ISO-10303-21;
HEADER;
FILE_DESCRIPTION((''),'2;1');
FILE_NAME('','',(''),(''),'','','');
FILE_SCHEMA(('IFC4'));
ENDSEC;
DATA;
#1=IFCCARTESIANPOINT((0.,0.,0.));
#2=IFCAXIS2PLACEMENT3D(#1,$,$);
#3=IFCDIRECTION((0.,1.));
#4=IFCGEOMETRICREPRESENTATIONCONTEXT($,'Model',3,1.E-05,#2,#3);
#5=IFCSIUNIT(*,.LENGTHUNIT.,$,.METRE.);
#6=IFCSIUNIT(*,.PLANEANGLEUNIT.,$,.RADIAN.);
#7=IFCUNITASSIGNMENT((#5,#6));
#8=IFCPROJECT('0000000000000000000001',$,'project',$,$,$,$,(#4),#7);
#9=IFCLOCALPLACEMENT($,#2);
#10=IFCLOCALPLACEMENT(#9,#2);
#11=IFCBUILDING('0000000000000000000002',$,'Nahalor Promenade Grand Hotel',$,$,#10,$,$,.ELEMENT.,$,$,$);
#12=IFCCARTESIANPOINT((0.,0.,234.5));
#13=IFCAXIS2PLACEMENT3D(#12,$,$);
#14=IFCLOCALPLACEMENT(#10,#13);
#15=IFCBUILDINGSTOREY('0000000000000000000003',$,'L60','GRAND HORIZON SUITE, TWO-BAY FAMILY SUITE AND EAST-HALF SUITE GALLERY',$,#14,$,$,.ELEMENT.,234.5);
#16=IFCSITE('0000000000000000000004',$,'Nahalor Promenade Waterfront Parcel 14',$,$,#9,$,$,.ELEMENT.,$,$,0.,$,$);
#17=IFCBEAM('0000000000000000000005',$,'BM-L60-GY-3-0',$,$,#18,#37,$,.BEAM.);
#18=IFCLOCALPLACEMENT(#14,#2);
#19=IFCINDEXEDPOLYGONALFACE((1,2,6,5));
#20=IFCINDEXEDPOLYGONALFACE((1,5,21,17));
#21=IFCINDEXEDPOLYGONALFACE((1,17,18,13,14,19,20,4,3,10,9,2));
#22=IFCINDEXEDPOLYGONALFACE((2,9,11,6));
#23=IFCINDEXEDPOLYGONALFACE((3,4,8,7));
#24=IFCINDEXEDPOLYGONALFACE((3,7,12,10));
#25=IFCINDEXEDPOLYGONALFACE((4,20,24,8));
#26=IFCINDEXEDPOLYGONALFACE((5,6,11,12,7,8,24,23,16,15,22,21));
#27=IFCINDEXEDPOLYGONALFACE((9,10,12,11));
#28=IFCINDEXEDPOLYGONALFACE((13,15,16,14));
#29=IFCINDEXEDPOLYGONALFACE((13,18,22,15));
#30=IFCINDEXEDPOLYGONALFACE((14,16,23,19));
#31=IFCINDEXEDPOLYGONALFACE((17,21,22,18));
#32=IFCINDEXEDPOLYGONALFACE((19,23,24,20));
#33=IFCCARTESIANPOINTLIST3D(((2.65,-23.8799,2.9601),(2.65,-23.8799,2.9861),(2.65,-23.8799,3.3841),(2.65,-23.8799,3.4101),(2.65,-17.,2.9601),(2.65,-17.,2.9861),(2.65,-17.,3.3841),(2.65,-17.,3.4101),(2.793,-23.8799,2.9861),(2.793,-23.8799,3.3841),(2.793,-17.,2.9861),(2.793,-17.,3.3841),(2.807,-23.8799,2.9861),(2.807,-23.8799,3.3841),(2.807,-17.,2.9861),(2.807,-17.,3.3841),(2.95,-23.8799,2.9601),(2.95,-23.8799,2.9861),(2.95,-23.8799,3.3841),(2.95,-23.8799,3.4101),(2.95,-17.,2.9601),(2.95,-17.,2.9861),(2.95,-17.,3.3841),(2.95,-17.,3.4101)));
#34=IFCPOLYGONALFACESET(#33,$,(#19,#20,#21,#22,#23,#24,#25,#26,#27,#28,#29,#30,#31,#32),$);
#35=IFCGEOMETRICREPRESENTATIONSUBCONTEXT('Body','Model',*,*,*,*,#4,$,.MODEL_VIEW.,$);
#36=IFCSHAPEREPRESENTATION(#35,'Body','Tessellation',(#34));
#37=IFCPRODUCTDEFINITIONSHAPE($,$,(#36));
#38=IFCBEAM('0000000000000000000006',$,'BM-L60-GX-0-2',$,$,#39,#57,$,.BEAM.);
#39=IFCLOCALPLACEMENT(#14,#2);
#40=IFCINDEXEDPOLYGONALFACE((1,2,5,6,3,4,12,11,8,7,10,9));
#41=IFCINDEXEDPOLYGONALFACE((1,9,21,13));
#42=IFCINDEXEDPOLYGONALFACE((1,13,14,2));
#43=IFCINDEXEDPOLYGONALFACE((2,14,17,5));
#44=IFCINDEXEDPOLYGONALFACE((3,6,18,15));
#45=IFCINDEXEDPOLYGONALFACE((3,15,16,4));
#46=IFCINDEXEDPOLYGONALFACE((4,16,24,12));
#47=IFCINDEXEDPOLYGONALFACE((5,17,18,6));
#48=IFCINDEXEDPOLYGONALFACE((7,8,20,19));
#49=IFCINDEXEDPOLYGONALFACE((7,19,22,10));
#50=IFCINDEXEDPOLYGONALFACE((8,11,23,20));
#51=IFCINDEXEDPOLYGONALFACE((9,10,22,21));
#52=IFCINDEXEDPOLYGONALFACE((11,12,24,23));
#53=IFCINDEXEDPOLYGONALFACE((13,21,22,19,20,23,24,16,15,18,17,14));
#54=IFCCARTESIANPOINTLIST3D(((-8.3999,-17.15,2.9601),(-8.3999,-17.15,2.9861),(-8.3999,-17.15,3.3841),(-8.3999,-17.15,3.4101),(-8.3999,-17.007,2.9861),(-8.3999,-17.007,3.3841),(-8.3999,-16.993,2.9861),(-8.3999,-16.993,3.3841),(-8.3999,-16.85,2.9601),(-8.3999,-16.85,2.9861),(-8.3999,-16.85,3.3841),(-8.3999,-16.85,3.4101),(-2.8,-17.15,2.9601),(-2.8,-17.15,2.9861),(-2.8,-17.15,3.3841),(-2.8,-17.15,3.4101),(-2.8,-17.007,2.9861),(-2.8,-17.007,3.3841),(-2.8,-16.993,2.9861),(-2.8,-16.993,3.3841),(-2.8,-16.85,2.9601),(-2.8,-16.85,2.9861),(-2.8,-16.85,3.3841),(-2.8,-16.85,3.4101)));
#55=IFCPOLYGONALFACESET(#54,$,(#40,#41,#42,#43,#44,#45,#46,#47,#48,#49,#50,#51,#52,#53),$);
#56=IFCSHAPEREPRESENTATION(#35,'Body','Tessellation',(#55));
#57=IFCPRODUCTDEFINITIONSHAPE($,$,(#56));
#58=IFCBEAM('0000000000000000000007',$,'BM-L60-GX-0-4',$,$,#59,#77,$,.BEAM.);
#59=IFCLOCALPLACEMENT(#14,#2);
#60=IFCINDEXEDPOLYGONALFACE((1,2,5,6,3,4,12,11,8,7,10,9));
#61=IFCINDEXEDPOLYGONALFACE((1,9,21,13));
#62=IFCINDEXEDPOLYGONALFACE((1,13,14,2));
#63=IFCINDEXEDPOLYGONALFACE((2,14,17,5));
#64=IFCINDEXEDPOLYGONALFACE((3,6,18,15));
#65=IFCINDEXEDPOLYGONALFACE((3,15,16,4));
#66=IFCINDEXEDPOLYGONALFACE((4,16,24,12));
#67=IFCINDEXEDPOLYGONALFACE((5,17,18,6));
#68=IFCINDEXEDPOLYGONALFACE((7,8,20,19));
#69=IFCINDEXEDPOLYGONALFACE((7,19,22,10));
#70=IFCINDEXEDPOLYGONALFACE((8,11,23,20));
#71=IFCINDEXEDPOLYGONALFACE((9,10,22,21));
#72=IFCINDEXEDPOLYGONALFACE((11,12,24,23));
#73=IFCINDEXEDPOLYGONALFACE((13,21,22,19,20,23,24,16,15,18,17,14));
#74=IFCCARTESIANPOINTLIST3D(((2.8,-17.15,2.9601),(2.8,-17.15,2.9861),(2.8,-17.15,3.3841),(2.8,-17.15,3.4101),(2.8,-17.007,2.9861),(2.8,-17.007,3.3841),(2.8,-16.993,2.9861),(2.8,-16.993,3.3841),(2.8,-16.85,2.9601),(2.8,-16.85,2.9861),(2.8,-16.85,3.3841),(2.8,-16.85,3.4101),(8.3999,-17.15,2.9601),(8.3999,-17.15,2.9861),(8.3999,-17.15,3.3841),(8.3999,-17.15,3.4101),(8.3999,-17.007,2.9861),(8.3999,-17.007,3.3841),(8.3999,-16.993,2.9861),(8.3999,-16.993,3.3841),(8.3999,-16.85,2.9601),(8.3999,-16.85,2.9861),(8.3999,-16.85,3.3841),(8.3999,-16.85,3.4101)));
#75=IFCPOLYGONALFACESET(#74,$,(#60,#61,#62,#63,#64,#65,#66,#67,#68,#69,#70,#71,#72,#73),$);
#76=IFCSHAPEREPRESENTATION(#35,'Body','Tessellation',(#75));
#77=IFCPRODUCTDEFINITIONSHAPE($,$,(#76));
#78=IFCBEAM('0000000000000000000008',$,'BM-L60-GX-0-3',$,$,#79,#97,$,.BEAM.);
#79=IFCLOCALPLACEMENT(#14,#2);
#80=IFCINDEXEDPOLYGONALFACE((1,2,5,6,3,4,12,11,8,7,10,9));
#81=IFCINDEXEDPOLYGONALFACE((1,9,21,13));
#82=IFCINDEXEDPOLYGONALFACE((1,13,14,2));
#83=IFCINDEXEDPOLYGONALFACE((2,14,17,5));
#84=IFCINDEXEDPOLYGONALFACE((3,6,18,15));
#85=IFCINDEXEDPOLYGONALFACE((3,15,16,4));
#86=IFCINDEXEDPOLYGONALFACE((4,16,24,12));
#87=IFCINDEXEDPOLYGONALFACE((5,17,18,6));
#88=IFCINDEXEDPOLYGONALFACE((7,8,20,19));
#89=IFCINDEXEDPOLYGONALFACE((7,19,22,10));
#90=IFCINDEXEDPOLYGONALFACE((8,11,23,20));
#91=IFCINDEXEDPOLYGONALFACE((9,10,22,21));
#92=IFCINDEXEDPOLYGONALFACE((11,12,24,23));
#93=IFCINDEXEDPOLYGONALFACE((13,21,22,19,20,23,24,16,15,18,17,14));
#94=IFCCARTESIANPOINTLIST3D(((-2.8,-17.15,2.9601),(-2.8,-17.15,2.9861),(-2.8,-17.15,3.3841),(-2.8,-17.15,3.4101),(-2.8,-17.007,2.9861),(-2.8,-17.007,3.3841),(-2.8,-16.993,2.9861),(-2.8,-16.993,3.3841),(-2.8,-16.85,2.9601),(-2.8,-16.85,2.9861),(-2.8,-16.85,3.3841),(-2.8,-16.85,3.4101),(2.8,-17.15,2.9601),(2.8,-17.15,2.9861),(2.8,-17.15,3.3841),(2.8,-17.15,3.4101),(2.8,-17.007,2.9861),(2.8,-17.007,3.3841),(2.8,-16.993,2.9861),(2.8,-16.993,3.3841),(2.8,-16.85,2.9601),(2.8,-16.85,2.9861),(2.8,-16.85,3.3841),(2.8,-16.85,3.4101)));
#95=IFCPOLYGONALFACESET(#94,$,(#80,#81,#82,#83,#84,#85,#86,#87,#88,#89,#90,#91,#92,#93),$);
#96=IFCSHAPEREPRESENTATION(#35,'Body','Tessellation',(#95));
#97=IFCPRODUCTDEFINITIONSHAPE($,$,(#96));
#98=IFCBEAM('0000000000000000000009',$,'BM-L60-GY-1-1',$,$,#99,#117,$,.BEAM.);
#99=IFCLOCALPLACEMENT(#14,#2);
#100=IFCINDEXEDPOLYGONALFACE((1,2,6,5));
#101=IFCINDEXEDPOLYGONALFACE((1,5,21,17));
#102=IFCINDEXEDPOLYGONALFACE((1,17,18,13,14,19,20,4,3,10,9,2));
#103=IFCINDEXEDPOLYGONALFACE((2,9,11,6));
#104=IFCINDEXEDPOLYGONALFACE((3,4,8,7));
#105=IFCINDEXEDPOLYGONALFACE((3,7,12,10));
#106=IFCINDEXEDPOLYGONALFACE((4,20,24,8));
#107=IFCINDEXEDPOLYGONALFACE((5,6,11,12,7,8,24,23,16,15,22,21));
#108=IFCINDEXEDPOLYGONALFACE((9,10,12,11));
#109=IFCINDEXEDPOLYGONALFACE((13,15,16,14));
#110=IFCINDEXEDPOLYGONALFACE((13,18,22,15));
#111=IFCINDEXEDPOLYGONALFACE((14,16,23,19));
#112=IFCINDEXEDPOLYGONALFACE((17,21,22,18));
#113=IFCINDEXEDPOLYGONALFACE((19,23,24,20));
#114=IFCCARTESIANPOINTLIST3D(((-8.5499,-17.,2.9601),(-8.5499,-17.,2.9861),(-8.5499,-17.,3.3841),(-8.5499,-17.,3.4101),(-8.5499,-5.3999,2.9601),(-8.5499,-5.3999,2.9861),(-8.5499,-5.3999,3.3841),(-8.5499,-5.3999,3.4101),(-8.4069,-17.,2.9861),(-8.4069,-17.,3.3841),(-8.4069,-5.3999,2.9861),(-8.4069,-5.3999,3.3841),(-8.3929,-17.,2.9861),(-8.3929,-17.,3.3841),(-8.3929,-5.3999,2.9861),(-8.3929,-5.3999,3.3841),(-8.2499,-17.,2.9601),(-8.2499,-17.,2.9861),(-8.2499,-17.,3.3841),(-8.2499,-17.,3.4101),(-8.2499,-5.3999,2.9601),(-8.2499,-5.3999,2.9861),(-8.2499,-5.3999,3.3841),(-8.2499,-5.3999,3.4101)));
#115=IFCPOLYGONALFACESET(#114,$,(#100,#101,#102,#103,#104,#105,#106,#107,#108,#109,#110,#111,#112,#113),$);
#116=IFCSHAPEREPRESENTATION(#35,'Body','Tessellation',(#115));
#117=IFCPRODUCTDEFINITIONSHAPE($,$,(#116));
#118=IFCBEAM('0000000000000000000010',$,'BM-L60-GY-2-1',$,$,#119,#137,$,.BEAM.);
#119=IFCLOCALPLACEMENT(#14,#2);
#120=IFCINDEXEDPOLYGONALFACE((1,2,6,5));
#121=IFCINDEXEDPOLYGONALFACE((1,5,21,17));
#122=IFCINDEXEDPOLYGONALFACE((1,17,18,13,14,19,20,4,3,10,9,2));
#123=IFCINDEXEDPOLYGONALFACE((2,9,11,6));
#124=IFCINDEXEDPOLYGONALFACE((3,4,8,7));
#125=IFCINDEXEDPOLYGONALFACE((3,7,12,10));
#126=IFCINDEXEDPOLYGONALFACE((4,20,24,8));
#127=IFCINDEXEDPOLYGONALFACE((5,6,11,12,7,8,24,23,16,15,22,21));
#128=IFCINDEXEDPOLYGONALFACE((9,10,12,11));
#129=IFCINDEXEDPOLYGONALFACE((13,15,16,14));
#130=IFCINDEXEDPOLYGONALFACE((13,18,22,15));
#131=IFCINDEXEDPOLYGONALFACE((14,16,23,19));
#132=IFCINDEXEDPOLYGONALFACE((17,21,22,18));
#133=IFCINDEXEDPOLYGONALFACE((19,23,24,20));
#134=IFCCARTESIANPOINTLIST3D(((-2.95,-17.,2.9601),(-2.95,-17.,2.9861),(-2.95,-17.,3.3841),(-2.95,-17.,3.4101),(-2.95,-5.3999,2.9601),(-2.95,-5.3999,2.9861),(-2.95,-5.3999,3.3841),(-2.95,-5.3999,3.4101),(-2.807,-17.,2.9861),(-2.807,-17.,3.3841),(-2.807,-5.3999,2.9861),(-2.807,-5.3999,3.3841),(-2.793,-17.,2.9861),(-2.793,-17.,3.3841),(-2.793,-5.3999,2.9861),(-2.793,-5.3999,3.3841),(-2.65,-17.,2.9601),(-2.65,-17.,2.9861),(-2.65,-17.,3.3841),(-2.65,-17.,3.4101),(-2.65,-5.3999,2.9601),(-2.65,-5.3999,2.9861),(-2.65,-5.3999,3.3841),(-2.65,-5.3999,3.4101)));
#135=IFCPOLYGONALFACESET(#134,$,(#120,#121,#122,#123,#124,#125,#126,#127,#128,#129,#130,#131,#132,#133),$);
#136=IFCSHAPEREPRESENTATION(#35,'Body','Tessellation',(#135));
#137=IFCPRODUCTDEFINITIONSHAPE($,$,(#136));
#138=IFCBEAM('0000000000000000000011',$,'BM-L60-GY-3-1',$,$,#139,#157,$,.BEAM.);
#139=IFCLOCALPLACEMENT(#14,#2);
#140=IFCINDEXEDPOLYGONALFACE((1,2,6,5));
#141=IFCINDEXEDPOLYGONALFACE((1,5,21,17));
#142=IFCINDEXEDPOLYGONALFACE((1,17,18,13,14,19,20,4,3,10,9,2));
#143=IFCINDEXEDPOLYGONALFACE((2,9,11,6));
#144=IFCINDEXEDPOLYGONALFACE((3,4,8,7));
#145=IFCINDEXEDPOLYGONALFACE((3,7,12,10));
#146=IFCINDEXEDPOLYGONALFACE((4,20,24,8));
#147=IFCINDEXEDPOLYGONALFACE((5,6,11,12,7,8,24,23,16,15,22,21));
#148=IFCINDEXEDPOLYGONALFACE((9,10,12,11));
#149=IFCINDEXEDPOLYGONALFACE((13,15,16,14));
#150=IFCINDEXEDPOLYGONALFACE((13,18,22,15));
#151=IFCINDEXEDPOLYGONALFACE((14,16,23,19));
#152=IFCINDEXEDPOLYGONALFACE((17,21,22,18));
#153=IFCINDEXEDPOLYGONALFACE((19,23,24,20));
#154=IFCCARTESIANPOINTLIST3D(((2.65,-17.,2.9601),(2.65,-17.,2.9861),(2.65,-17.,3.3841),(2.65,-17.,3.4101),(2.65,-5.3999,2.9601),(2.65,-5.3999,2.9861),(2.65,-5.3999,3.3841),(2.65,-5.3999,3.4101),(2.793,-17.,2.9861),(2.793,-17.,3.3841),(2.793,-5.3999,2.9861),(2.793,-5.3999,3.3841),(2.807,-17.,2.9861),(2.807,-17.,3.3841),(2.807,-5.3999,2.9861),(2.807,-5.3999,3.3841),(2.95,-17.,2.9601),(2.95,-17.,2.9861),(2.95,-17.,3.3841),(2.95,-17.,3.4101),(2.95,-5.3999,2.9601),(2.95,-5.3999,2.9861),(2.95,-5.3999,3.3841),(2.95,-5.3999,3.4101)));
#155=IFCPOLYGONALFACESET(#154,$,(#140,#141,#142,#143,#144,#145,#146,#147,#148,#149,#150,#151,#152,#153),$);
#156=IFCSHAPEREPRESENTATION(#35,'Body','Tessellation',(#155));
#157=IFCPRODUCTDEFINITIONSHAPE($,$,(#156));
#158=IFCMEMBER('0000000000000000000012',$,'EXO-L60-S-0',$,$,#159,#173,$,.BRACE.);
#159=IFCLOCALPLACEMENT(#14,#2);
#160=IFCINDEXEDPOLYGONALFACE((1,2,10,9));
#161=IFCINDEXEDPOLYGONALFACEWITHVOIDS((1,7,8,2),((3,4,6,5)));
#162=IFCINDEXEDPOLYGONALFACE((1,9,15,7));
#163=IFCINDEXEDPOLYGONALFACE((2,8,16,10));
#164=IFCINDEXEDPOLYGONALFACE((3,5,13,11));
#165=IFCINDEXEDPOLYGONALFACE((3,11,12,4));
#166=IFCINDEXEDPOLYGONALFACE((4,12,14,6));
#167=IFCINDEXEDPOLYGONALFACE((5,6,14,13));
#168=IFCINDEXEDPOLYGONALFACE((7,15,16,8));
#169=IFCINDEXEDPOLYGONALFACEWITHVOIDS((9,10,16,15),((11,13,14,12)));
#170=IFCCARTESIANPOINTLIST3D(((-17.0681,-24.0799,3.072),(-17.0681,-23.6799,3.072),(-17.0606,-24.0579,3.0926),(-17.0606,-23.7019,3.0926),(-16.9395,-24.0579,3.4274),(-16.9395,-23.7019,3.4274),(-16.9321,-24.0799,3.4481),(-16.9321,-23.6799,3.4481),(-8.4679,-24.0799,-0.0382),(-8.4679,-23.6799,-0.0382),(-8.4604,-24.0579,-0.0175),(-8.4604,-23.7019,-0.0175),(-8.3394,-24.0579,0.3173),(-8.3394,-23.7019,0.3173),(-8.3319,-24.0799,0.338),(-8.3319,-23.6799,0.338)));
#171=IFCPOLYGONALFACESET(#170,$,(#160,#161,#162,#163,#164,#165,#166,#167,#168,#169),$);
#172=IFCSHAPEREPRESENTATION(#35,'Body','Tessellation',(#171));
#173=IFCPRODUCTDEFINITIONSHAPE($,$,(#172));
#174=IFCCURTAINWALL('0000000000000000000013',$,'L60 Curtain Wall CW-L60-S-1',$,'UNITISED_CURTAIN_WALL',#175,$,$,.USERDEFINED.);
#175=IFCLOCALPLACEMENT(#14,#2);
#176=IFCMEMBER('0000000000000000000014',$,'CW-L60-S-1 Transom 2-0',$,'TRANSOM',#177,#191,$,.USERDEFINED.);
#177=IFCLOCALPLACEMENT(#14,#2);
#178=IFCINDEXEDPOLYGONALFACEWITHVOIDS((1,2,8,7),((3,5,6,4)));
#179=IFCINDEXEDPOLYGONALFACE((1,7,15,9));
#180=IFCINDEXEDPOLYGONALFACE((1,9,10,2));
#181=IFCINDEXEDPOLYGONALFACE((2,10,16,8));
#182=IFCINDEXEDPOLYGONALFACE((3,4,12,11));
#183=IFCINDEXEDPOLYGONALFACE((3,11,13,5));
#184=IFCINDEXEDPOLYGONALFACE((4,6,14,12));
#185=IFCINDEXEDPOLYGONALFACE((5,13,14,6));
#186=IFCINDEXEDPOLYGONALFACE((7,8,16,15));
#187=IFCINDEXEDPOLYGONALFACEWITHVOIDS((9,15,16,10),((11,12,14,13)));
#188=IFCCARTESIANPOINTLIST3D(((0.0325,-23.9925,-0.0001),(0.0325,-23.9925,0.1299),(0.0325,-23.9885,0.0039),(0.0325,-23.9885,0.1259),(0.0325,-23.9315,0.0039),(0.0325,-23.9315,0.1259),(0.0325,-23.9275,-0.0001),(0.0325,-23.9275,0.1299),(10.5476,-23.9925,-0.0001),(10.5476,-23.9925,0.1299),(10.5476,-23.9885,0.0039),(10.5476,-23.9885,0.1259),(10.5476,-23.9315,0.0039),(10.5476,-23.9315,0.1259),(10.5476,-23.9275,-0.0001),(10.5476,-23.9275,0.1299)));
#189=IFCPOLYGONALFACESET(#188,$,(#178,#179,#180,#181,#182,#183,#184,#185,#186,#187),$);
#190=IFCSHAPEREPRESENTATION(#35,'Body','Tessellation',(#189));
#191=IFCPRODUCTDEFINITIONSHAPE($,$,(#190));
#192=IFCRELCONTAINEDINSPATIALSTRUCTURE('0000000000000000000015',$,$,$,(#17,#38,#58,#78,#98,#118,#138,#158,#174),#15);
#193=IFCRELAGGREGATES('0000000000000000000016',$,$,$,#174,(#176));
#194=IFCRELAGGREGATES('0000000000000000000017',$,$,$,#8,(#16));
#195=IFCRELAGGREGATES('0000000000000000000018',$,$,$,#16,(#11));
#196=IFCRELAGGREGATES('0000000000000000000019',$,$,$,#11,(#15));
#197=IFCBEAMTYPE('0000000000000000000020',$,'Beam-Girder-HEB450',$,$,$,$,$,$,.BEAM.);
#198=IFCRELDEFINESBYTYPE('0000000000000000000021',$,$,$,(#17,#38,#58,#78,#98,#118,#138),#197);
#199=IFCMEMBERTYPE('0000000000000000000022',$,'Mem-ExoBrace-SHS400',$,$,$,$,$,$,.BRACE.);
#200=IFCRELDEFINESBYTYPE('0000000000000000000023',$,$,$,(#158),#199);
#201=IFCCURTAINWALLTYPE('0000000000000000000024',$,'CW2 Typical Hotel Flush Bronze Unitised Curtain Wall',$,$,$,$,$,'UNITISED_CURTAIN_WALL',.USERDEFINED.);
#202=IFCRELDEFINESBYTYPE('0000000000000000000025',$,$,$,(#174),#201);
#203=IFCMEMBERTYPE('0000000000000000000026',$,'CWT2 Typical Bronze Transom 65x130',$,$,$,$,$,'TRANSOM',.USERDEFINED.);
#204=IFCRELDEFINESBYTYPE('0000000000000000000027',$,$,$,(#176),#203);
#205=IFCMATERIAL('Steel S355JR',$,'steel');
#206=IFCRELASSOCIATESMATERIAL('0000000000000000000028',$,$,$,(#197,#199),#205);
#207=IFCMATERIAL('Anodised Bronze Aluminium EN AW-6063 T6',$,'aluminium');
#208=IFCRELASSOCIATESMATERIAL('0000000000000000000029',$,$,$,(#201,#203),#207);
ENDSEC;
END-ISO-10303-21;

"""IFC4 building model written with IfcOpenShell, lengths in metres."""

from ifc_helpers import new_model, si_unit, direction, frame, origin, origin_2d, place, context, subcontext, project, spatial, hollow_rectangle, i_section, extrude, source, transform, mapped, material, material_profile, profile_set, type_object, element, aggregate, save


model = new_model("IFC4")

# Units and contexts
model_context = context("Model", 3, precision=1e-05, world=origin(), true_north=direction((0.0, 1.0)))
body_context = subcontext(model_context, "Body", "Model", "MODEL_VIEW")
ifc_project = project(units=[si_unit("LENGTHUNIT", "METRE"), si_unit("PLANEANGLEUNIT", "RADIAN")], contexts=[model_context])

# Site, building, storey
site_placement = place(None, origin())
site = spatial("IfcSite", under=ifc_project, at=site_placement, Name="Nahalor Promenade Waterfront Parcel 14", CompositionType="ELEMENT", RefElevation=0.0)
building_placement = place(site_placement, origin())
building = spatial("IfcBuilding", under=site, at=building_placement, Name="Nahalor Promenade Grand Hotel", CompositionType="ELEMENT")
storey_placement = place(building_placement, frame((0.0, 0.0, 234.5)))
storey = spatial("IfcBuildingStorey", under=building, at=storey_placement, Name="L60", Description="GRAND HORIZON SUITE, TWO-BAY FAMILY SUITE AND EAST-HALF SUITE GALLERY", CompositionType="ELEMENT", Elevation=234.5)

# Shared definitions
ifc_material_1 = material(Name="Steel S355JR", Category="steel")

# Beams
ifc_material_profile_1 = material_profile(ifc_material_1, i_section(OverallWidth=0.3, OverallDepth=0.45, WebThickness=0.014, FlangeThickness=0.026, at=origin_2d()), Name="HEB 450")
ifc_profile_set_1 = profile_set([ifc_material_profile_1], Name="Steel S355JR")
beam_type_1 = type_object("IfcBeamType", Name="Beam-Girder-HEB450", PredefinedType="BEAM", material=ifc_profile_set_1)
shared_shape_1 = source(origin(), body_context, "Body", "SweptSolid", [
    extrude(i_section(OverallWidth=0.3, OverallDepth=0.45, WebThickness=0.014, FlangeThickness=0.026, at=origin_2d()), origin(), (0.0, 0.0, 1.0), 6.8799),
])
for number, where, z_axis, x_axis, name in (
    (1, (2.8, -23.8799, 3.1851), (0.0, 1.0, 0.0), (-1.0, 0.0, 0.0), "BM-L60-GY-3-0"),
):
    element("IfcBeam", number, at=place(storey_placement, frame(where, z_axis=z_axis, x_axis=x_axis)), inside=storey, type_object=beam_type_1, Name=name, PredefinedType="BEAM", context=body_context, shape_type="MappedRepresentation", body=[
        mapped(shared_shape_1, transform((0.0, 0.0, 0.0), scale=1.0)),
    ])
shared_shape_2 = source(origin(), body_context, "Body", "SweptSolid", [
    extrude(i_section(OverallWidth=0.3, OverallDepth=0.45, WebThickness=0.014, FlangeThickness=0.026, at=origin_2d()), origin(), (0.0, 0.0, 1.0), 5.5999),
])
for number, where, z_axis, x_axis, name in (
    (2, (-8.3999, -17.0, 3.1851), (1.0, 0.0, 0.0), (0.0, 1.0, 0.0), "BM-L60-GX-0-2"),
    (3, (2.8, -17.0, 3.1851), (1.0, 0.0, 0.0), (0.0, 1.0, 0.0), "BM-L60-GX-0-4"),
):
    element("IfcBeam", number, at=place(storey_placement, frame(where, z_axis=z_axis, x_axis=x_axis)), inside=storey, type_object=beam_type_1, Name=name, PredefinedType="BEAM", context=body_context, shape_type="MappedRepresentation", body=[
        mapped(shared_shape_2, transform((0.0, 0.0, 0.0), scale=1.0)),
    ])
shared_shape_3 = source(origin(), body_context, "Body", "SweptSolid", [
    extrude(i_section(OverallWidth=0.3, OverallDepth=0.45, WebThickness=0.014, FlangeThickness=0.026, at=origin_2d()), origin(), (0.0, 0.0, 1.0), 5.6001),
])
beam_1_placement = place(storey_placement, frame((-2.8, -17.0, 3.1851), z_axis=(1.0, 0.0, 0.0), x_axis=(0.0, 1.0, 0.0)))
element("IfcBeam", 4, at=beam_1_placement, inside=storey, type_object=beam_type_1, Name="BM-L60-GX-0-3", PredefinedType="BEAM", context=body_context, shape_type="MappedRepresentation", body=[
    mapped(shared_shape_3, transform((0.0, 0.0, 0.0), scale=1.0)),
])
shared_shape_4 = source(origin(), body_context, "Body", "SweptSolid", [
    extrude(i_section(OverallWidth=0.3, OverallDepth=0.45, WebThickness=0.014, FlangeThickness=0.026, at=origin_2d()), origin(), (0.0, 0.0, 1.0), 11.6001),
])
for number, where, z_axis, x_axis, name in (
    (5, (-8.3999, -17.0, 3.1851), (0.0, 1.0, 0.0), (-1.0, 0.0, 0.0), "BM-L60-GY-1-1"),
    (6, (-2.8, -17.0, 3.1851), (0.0, 1.0, 0.0), (-1.0, 0.0, 0.0), "BM-L60-GY-2-1"),
    (7, (2.8, -17.0, 3.1851), (0.0, 1.0, 0.0), (-1.0, 0.0, 0.0), "BM-L60-GY-3-1"),
):
    element("IfcBeam", number, at=place(storey_placement, frame(where, z_axis=z_axis, x_axis=x_axis)), inside=storey, type_object=beam_type_1, Name=name, PredefinedType="BEAM", context=body_context, shape_type="MappedRepresentation", body=[
        mapped(shared_shape_4, transform((0.0, 0.0, 0.0), scale=1.0)),
    ])

# Member
ifc_material_profile_2 = material_profile(ifc_material_1, hollow_rectangle(XDim=0.4, YDim=0.4, WallThickness=0.022, at=origin_2d()), Name="SHS 400x400x22")
ifc_profile_set_2 = profile_set([ifc_material_profile_2], Name="Steel S355JR")
member_type_1 = type_object("IfcMemberType", Name="Mem-ExoBrace-SHS400", PredefinedType="BRACE", material=ifc_profile_set_2)
shared_shape_5 = source(origin(), body_context, "Body", "SweptSolid", [
    extrude(hollow_rectangle(XDim=0.4, YDim=0.4, WallThickness=0.022, at=origin_2d()), origin(), (0.0, 0.0, 1.0), 9.1453),
])
member_1_placement = place(storey_placement, frame((-8.3999, -23.8799, 0.1499), z_axis=(-0.940396, 0.0, 0.340081), x_axis=(0.0, -1.0, 0.0)))
element("IfcMember", 8, at=member_1_placement, inside=storey, type_object=member_type_1, Name="EXO-L60-S-0", PredefinedType="BRACE", context=body_context, shape_type="MappedRepresentation", body=[
    mapped(shared_shape_5, transform((0.0, 0.0, 0.0), scale=1.0)),
])

# Curtain wall, member
ifc_material_2 = material(Name="Anodised Bronze Aluminium EN AW-6063 T6", Category="aluminium")
curtain_wall_type = type_object("IfcCurtainWallType", Name="CW2 Typical Hotel Flush Bronze Unitised Curtain Wall", ElementType="UNITISED_CURTAIN_WALL", PredefinedType="USERDEFINED", material=ifc_material_2)
curtain_wall_placement = place(storey_placement, origin())
curtain_wall = element("IfcCurtainWall", 9, at=curtain_wall_placement, inside=storey, type_object=curtain_wall_type, Name="L60 Curtain Wall CW-L60-S-1", ObjectType="UNITISED_CURTAIN_WALL", PredefinedType="USERDEFINED")
ifc_material_profile_3 = material_profile(ifc_material_2, hollow_rectangle(XDim=0.065, YDim=0.13, WallThickness=0.004, at=origin_2d()), Name="CWT 65x130x4")
ifc_profile_set_3 = profile_set([ifc_material_profile_3], Name="Anodised Bronze Aluminium EN AW-6063 T6")
member_type_2 = type_object("IfcMemberType", Name="CWT2 Typical Bronze Transom 65x130", ElementType="TRANSOM", PredefinedType="USERDEFINED", material=ifc_profile_set_3)
shared_shape_6 = source(origin(), body_context, "Body", "SweptSolid", [
    extrude(hollow_rectangle(XDim=0.065, YDim=0.13, WallThickness=0.004, at=origin_2d()), origin(), (0.0, 0.0, 1.0), 10.5151),
])
member_2_placement = place(storey_placement, frame((0.0325, -23.96, 0.0649), z_axis=(1.0, 0.0, 0.0), x_axis=(0.0, 1.0, 0.0)))
member_2 = element("IfcMember", 10, at=member_2_placement, type_object=member_type_2, Name="CW-L60-S-1 Transom 2-0", ObjectType="TRANSOM", PredefinedType="USERDEFINED", context=body_context, shape_type="MappedRepresentation", body=[
    mapped(shared_shape_6, transform((0.0, 0.0, 0.0), scale=1.0)),
])
aggregate(curtain_wall, [member_2])

save(model, "model.ifc")
